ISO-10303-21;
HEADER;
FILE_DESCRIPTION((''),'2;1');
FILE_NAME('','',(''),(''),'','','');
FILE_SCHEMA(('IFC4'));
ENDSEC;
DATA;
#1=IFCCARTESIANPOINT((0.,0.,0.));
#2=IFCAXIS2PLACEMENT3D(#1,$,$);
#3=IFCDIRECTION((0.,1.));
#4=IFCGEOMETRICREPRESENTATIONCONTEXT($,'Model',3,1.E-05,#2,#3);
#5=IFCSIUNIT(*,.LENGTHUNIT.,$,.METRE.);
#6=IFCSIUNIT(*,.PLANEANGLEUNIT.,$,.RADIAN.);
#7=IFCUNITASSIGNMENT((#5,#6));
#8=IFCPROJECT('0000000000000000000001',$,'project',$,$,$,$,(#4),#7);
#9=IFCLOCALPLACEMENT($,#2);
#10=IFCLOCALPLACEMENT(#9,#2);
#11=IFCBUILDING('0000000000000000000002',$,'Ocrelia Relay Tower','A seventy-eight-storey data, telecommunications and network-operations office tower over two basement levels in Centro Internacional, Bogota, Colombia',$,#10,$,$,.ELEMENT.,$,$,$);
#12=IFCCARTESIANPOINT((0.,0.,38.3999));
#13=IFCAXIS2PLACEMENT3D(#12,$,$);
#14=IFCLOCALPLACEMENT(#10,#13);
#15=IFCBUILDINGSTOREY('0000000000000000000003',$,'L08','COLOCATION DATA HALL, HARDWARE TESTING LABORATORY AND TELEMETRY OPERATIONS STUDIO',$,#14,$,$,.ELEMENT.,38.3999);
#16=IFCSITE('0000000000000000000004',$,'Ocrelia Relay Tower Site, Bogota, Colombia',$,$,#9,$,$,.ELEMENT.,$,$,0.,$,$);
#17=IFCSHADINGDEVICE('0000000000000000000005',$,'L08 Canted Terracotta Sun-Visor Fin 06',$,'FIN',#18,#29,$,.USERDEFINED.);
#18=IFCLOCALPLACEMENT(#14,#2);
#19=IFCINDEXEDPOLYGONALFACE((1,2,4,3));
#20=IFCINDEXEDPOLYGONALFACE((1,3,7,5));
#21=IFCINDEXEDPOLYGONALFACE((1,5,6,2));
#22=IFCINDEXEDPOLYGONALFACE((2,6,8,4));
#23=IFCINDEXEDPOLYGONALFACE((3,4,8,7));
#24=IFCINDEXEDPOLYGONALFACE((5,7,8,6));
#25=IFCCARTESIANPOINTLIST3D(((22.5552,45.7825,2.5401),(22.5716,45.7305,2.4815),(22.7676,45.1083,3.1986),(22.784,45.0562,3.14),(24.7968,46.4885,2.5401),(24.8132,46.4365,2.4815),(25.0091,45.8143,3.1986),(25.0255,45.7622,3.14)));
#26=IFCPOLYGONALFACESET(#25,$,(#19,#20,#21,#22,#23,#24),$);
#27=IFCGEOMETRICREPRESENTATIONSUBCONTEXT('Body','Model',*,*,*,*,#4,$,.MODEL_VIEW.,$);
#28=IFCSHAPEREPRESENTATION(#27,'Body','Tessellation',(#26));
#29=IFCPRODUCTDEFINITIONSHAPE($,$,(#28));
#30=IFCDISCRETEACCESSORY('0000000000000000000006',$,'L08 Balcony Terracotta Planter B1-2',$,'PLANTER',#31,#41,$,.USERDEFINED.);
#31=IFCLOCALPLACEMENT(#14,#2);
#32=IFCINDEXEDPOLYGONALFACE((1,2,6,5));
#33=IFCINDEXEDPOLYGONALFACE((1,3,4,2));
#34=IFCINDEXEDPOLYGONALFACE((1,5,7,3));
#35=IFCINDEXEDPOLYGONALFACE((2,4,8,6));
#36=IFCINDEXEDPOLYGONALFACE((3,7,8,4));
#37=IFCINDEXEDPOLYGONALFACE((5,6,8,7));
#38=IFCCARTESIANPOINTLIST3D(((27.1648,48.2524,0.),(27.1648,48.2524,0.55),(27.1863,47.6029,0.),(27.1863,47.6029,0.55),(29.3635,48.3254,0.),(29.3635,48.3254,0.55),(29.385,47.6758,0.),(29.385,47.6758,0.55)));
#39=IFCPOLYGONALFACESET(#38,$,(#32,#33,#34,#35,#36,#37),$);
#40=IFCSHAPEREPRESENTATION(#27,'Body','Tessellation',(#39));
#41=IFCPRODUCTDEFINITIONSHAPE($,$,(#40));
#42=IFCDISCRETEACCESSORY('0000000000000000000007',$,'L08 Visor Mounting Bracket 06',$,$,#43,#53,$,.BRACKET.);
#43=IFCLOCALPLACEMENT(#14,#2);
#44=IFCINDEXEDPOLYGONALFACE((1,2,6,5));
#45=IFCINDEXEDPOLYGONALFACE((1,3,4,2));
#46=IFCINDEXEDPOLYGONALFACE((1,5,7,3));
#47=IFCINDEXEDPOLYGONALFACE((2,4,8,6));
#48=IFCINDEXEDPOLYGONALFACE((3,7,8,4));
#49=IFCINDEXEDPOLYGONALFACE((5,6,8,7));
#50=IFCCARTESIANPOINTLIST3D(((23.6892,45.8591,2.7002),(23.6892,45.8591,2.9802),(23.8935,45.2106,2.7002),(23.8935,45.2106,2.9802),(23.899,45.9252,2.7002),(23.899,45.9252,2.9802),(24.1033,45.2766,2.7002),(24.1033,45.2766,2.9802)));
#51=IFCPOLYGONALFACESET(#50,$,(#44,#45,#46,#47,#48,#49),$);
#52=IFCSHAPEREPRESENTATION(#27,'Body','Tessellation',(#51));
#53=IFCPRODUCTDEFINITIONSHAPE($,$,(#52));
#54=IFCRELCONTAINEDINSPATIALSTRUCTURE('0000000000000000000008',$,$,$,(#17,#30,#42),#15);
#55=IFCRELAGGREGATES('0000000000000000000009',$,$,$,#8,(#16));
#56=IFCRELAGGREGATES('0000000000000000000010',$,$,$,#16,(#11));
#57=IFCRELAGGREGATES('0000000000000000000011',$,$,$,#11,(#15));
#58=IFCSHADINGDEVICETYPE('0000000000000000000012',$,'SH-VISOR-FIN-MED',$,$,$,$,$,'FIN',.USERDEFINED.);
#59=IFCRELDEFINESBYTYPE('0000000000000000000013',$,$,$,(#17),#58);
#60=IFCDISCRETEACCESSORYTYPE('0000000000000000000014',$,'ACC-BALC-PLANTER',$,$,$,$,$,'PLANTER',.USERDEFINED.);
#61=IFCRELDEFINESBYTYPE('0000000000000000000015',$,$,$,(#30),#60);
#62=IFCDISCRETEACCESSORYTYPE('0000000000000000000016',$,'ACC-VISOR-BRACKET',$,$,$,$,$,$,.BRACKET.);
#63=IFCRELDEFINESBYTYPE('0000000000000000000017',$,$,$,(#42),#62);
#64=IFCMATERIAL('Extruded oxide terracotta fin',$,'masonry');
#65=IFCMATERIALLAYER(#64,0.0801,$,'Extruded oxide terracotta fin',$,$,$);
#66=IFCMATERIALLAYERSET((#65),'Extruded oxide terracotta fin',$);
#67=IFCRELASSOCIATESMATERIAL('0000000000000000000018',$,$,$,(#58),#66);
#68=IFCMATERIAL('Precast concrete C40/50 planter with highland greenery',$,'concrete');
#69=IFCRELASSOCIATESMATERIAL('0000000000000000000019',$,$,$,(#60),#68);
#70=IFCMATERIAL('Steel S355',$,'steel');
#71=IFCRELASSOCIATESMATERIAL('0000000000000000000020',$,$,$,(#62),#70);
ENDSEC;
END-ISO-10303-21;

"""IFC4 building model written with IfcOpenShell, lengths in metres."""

from ifc_helpers import new_model, si_unit, direction, frame, origin, origin_2d, place, context, subcontext, project, spatial, rectangle, extrude, material, layer, layer_set, type_object, element, save


model = new_model("IFC4")

# Units and contexts
model_context = context("Model", 3, precision=1e-05, world=origin(), true_north=direction((0.0, 1.0)))
body_context = subcontext(model_context, "Body", "Model", "MODEL_VIEW")
ifc_project = project(units=[si_unit("LENGTHUNIT", "METRE"), si_unit("PLANEANGLEUNIT", "RADIAN")], contexts=[model_context])

# Site, building, storey
site_placement = place(None, origin())
site = spatial("IfcSite", under=ifc_project, at=site_placement, Name="Ocrelia Relay Tower Site, Bogota, Colombia", CompositionType="ELEMENT", RefElevation=0.0)
building_placement = place(site_placement, origin())
building = spatial("IfcBuilding", under=site, at=building_placement, Name="Ocrelia Relay Tower", Description="A seventy-eight-storey data, telecommunications and network-operations office tower over two basement levels in Centro Internacional, Bogota, Colombia", CompositionType="ELEMENT")
storey_placement = place(building_placement, frame((0.0, 0.0, 38.3999)))
storey = spatial("IfcBuildingStorey", under=building, at=storey_placement, Name="L08", Description="COLOCATION DATA HALL, HARDWARE TESTING LABORATORY AND TELEMETRY OPERATIONS STUDIO", CompositionType="ELEMENT", Elevation=38.3999)

# Shared definitions
ifc_material_1 = material(Name="Steel S355", Category="steel")

# Shading device
ifc_material_2 = material(Name="Extruded oxide terracotta fin", Category="masonry")
ifc_layer_1 = layer(ifc_material_2, 0.0801, Name="Extruded oxide terracotta fin")
ifc_layer_set_1 = layer_set([ifc_layer_1], Name="Extruded oxide terracotta fin")
shading_device_type_1 = type_object("IfcShadingDeviceType", Name="SH-VISOR-FIN-MED", ElementType="FIN", PredefinedType="USERDEFINED", material=ifc_layer_set_1)
shading_device_1_placement = place(storey_placement, frame((23.7986, 45.7463, 2.8108), z_axis=(-0.204765, 0.650131, 0.731711), x_axis=(-0.95381, -0.300411, 0.0)))
element("IfcShadingDevice", 1, at=shading_device_1_placement, inside=storey, type_object=shading_device_type_1, Name="L08 Canted Terracotta Sun-Visor Fin 06", ObjectType="FIN", PredefinedType="USERDEFINED", context=body_context, shape_type="SweptSolid", body=[
    extrude(rectangle(XDim=2.3501, YDim=0.9661, at=origin_2d()), origin(), (0.0, 0.0, 1.0), 0.0801),
])

# Discrete accessories
ifc_material_3 = material(Name="Precast concrete C40/50 planter with highland greenery", Category="concrete")
discrete_accessory_type_1 = type_object("IfcDiscreteAccessoryType", Name="ACC-BALC-PLANTER", ElementType="PLANTER", PredefinedType="USERDEFINED", material=ifc_material_3)
discrete_accessory_1_placement = place(storey_placement, frame((28.2749, 47.9641, 0.0), z_axis=(0.0, 0.0, 1.0), x_axis=(0.99945, 0.033154, 0.0)))
element("IfcDiscreteAccessory", 2, at=discrete_accessory_1_placement, inside=storey, type_object=discrete_accessory_type_1, Name="L08 Balcony Terracotta Planter B1-2", ObjectType="PLANTER", PredefinedType="USERDEFINED", context=body_context, shape_type="SweptSolid", body=[
    extrude(rectangle(XDim=2.2, YDim=0.6499, at=origin_2d()), origin(), (0.0, 0.0, 1.0), 0.55),
])
discrete_accessory_type_2 = type_object("IfcDiscreteAccessoryType", Name="ACC-VISOR-BRACKET", PredefinedType="BRACKET", material=ifc_material_1)
discrete_accessory_2_placement = place(storey_placement, frame((23.8962, 45.5679, 2.7002), z_axis=(0.0, 0.0, 1.0), x_axis=(-0.95381, -0.300411, 0.0)))
element("IfcDiscreteAccessory", 3, at=discrete_accessory_2_placement, inside=storey, type_object=discrete_accessory_type_2, Name="L08 Visor Mounting Bracket 06", PredefinedType="BRACKET", context=body_context, shape_type="SweptSolid", body=[
    extrude(rectangle(XDim=0.22, YDim=0.6799, at=origin_2d()), origin(), (0.0, 0.0, 1.0), 0.28),
])

save(model, "model.ifc")
